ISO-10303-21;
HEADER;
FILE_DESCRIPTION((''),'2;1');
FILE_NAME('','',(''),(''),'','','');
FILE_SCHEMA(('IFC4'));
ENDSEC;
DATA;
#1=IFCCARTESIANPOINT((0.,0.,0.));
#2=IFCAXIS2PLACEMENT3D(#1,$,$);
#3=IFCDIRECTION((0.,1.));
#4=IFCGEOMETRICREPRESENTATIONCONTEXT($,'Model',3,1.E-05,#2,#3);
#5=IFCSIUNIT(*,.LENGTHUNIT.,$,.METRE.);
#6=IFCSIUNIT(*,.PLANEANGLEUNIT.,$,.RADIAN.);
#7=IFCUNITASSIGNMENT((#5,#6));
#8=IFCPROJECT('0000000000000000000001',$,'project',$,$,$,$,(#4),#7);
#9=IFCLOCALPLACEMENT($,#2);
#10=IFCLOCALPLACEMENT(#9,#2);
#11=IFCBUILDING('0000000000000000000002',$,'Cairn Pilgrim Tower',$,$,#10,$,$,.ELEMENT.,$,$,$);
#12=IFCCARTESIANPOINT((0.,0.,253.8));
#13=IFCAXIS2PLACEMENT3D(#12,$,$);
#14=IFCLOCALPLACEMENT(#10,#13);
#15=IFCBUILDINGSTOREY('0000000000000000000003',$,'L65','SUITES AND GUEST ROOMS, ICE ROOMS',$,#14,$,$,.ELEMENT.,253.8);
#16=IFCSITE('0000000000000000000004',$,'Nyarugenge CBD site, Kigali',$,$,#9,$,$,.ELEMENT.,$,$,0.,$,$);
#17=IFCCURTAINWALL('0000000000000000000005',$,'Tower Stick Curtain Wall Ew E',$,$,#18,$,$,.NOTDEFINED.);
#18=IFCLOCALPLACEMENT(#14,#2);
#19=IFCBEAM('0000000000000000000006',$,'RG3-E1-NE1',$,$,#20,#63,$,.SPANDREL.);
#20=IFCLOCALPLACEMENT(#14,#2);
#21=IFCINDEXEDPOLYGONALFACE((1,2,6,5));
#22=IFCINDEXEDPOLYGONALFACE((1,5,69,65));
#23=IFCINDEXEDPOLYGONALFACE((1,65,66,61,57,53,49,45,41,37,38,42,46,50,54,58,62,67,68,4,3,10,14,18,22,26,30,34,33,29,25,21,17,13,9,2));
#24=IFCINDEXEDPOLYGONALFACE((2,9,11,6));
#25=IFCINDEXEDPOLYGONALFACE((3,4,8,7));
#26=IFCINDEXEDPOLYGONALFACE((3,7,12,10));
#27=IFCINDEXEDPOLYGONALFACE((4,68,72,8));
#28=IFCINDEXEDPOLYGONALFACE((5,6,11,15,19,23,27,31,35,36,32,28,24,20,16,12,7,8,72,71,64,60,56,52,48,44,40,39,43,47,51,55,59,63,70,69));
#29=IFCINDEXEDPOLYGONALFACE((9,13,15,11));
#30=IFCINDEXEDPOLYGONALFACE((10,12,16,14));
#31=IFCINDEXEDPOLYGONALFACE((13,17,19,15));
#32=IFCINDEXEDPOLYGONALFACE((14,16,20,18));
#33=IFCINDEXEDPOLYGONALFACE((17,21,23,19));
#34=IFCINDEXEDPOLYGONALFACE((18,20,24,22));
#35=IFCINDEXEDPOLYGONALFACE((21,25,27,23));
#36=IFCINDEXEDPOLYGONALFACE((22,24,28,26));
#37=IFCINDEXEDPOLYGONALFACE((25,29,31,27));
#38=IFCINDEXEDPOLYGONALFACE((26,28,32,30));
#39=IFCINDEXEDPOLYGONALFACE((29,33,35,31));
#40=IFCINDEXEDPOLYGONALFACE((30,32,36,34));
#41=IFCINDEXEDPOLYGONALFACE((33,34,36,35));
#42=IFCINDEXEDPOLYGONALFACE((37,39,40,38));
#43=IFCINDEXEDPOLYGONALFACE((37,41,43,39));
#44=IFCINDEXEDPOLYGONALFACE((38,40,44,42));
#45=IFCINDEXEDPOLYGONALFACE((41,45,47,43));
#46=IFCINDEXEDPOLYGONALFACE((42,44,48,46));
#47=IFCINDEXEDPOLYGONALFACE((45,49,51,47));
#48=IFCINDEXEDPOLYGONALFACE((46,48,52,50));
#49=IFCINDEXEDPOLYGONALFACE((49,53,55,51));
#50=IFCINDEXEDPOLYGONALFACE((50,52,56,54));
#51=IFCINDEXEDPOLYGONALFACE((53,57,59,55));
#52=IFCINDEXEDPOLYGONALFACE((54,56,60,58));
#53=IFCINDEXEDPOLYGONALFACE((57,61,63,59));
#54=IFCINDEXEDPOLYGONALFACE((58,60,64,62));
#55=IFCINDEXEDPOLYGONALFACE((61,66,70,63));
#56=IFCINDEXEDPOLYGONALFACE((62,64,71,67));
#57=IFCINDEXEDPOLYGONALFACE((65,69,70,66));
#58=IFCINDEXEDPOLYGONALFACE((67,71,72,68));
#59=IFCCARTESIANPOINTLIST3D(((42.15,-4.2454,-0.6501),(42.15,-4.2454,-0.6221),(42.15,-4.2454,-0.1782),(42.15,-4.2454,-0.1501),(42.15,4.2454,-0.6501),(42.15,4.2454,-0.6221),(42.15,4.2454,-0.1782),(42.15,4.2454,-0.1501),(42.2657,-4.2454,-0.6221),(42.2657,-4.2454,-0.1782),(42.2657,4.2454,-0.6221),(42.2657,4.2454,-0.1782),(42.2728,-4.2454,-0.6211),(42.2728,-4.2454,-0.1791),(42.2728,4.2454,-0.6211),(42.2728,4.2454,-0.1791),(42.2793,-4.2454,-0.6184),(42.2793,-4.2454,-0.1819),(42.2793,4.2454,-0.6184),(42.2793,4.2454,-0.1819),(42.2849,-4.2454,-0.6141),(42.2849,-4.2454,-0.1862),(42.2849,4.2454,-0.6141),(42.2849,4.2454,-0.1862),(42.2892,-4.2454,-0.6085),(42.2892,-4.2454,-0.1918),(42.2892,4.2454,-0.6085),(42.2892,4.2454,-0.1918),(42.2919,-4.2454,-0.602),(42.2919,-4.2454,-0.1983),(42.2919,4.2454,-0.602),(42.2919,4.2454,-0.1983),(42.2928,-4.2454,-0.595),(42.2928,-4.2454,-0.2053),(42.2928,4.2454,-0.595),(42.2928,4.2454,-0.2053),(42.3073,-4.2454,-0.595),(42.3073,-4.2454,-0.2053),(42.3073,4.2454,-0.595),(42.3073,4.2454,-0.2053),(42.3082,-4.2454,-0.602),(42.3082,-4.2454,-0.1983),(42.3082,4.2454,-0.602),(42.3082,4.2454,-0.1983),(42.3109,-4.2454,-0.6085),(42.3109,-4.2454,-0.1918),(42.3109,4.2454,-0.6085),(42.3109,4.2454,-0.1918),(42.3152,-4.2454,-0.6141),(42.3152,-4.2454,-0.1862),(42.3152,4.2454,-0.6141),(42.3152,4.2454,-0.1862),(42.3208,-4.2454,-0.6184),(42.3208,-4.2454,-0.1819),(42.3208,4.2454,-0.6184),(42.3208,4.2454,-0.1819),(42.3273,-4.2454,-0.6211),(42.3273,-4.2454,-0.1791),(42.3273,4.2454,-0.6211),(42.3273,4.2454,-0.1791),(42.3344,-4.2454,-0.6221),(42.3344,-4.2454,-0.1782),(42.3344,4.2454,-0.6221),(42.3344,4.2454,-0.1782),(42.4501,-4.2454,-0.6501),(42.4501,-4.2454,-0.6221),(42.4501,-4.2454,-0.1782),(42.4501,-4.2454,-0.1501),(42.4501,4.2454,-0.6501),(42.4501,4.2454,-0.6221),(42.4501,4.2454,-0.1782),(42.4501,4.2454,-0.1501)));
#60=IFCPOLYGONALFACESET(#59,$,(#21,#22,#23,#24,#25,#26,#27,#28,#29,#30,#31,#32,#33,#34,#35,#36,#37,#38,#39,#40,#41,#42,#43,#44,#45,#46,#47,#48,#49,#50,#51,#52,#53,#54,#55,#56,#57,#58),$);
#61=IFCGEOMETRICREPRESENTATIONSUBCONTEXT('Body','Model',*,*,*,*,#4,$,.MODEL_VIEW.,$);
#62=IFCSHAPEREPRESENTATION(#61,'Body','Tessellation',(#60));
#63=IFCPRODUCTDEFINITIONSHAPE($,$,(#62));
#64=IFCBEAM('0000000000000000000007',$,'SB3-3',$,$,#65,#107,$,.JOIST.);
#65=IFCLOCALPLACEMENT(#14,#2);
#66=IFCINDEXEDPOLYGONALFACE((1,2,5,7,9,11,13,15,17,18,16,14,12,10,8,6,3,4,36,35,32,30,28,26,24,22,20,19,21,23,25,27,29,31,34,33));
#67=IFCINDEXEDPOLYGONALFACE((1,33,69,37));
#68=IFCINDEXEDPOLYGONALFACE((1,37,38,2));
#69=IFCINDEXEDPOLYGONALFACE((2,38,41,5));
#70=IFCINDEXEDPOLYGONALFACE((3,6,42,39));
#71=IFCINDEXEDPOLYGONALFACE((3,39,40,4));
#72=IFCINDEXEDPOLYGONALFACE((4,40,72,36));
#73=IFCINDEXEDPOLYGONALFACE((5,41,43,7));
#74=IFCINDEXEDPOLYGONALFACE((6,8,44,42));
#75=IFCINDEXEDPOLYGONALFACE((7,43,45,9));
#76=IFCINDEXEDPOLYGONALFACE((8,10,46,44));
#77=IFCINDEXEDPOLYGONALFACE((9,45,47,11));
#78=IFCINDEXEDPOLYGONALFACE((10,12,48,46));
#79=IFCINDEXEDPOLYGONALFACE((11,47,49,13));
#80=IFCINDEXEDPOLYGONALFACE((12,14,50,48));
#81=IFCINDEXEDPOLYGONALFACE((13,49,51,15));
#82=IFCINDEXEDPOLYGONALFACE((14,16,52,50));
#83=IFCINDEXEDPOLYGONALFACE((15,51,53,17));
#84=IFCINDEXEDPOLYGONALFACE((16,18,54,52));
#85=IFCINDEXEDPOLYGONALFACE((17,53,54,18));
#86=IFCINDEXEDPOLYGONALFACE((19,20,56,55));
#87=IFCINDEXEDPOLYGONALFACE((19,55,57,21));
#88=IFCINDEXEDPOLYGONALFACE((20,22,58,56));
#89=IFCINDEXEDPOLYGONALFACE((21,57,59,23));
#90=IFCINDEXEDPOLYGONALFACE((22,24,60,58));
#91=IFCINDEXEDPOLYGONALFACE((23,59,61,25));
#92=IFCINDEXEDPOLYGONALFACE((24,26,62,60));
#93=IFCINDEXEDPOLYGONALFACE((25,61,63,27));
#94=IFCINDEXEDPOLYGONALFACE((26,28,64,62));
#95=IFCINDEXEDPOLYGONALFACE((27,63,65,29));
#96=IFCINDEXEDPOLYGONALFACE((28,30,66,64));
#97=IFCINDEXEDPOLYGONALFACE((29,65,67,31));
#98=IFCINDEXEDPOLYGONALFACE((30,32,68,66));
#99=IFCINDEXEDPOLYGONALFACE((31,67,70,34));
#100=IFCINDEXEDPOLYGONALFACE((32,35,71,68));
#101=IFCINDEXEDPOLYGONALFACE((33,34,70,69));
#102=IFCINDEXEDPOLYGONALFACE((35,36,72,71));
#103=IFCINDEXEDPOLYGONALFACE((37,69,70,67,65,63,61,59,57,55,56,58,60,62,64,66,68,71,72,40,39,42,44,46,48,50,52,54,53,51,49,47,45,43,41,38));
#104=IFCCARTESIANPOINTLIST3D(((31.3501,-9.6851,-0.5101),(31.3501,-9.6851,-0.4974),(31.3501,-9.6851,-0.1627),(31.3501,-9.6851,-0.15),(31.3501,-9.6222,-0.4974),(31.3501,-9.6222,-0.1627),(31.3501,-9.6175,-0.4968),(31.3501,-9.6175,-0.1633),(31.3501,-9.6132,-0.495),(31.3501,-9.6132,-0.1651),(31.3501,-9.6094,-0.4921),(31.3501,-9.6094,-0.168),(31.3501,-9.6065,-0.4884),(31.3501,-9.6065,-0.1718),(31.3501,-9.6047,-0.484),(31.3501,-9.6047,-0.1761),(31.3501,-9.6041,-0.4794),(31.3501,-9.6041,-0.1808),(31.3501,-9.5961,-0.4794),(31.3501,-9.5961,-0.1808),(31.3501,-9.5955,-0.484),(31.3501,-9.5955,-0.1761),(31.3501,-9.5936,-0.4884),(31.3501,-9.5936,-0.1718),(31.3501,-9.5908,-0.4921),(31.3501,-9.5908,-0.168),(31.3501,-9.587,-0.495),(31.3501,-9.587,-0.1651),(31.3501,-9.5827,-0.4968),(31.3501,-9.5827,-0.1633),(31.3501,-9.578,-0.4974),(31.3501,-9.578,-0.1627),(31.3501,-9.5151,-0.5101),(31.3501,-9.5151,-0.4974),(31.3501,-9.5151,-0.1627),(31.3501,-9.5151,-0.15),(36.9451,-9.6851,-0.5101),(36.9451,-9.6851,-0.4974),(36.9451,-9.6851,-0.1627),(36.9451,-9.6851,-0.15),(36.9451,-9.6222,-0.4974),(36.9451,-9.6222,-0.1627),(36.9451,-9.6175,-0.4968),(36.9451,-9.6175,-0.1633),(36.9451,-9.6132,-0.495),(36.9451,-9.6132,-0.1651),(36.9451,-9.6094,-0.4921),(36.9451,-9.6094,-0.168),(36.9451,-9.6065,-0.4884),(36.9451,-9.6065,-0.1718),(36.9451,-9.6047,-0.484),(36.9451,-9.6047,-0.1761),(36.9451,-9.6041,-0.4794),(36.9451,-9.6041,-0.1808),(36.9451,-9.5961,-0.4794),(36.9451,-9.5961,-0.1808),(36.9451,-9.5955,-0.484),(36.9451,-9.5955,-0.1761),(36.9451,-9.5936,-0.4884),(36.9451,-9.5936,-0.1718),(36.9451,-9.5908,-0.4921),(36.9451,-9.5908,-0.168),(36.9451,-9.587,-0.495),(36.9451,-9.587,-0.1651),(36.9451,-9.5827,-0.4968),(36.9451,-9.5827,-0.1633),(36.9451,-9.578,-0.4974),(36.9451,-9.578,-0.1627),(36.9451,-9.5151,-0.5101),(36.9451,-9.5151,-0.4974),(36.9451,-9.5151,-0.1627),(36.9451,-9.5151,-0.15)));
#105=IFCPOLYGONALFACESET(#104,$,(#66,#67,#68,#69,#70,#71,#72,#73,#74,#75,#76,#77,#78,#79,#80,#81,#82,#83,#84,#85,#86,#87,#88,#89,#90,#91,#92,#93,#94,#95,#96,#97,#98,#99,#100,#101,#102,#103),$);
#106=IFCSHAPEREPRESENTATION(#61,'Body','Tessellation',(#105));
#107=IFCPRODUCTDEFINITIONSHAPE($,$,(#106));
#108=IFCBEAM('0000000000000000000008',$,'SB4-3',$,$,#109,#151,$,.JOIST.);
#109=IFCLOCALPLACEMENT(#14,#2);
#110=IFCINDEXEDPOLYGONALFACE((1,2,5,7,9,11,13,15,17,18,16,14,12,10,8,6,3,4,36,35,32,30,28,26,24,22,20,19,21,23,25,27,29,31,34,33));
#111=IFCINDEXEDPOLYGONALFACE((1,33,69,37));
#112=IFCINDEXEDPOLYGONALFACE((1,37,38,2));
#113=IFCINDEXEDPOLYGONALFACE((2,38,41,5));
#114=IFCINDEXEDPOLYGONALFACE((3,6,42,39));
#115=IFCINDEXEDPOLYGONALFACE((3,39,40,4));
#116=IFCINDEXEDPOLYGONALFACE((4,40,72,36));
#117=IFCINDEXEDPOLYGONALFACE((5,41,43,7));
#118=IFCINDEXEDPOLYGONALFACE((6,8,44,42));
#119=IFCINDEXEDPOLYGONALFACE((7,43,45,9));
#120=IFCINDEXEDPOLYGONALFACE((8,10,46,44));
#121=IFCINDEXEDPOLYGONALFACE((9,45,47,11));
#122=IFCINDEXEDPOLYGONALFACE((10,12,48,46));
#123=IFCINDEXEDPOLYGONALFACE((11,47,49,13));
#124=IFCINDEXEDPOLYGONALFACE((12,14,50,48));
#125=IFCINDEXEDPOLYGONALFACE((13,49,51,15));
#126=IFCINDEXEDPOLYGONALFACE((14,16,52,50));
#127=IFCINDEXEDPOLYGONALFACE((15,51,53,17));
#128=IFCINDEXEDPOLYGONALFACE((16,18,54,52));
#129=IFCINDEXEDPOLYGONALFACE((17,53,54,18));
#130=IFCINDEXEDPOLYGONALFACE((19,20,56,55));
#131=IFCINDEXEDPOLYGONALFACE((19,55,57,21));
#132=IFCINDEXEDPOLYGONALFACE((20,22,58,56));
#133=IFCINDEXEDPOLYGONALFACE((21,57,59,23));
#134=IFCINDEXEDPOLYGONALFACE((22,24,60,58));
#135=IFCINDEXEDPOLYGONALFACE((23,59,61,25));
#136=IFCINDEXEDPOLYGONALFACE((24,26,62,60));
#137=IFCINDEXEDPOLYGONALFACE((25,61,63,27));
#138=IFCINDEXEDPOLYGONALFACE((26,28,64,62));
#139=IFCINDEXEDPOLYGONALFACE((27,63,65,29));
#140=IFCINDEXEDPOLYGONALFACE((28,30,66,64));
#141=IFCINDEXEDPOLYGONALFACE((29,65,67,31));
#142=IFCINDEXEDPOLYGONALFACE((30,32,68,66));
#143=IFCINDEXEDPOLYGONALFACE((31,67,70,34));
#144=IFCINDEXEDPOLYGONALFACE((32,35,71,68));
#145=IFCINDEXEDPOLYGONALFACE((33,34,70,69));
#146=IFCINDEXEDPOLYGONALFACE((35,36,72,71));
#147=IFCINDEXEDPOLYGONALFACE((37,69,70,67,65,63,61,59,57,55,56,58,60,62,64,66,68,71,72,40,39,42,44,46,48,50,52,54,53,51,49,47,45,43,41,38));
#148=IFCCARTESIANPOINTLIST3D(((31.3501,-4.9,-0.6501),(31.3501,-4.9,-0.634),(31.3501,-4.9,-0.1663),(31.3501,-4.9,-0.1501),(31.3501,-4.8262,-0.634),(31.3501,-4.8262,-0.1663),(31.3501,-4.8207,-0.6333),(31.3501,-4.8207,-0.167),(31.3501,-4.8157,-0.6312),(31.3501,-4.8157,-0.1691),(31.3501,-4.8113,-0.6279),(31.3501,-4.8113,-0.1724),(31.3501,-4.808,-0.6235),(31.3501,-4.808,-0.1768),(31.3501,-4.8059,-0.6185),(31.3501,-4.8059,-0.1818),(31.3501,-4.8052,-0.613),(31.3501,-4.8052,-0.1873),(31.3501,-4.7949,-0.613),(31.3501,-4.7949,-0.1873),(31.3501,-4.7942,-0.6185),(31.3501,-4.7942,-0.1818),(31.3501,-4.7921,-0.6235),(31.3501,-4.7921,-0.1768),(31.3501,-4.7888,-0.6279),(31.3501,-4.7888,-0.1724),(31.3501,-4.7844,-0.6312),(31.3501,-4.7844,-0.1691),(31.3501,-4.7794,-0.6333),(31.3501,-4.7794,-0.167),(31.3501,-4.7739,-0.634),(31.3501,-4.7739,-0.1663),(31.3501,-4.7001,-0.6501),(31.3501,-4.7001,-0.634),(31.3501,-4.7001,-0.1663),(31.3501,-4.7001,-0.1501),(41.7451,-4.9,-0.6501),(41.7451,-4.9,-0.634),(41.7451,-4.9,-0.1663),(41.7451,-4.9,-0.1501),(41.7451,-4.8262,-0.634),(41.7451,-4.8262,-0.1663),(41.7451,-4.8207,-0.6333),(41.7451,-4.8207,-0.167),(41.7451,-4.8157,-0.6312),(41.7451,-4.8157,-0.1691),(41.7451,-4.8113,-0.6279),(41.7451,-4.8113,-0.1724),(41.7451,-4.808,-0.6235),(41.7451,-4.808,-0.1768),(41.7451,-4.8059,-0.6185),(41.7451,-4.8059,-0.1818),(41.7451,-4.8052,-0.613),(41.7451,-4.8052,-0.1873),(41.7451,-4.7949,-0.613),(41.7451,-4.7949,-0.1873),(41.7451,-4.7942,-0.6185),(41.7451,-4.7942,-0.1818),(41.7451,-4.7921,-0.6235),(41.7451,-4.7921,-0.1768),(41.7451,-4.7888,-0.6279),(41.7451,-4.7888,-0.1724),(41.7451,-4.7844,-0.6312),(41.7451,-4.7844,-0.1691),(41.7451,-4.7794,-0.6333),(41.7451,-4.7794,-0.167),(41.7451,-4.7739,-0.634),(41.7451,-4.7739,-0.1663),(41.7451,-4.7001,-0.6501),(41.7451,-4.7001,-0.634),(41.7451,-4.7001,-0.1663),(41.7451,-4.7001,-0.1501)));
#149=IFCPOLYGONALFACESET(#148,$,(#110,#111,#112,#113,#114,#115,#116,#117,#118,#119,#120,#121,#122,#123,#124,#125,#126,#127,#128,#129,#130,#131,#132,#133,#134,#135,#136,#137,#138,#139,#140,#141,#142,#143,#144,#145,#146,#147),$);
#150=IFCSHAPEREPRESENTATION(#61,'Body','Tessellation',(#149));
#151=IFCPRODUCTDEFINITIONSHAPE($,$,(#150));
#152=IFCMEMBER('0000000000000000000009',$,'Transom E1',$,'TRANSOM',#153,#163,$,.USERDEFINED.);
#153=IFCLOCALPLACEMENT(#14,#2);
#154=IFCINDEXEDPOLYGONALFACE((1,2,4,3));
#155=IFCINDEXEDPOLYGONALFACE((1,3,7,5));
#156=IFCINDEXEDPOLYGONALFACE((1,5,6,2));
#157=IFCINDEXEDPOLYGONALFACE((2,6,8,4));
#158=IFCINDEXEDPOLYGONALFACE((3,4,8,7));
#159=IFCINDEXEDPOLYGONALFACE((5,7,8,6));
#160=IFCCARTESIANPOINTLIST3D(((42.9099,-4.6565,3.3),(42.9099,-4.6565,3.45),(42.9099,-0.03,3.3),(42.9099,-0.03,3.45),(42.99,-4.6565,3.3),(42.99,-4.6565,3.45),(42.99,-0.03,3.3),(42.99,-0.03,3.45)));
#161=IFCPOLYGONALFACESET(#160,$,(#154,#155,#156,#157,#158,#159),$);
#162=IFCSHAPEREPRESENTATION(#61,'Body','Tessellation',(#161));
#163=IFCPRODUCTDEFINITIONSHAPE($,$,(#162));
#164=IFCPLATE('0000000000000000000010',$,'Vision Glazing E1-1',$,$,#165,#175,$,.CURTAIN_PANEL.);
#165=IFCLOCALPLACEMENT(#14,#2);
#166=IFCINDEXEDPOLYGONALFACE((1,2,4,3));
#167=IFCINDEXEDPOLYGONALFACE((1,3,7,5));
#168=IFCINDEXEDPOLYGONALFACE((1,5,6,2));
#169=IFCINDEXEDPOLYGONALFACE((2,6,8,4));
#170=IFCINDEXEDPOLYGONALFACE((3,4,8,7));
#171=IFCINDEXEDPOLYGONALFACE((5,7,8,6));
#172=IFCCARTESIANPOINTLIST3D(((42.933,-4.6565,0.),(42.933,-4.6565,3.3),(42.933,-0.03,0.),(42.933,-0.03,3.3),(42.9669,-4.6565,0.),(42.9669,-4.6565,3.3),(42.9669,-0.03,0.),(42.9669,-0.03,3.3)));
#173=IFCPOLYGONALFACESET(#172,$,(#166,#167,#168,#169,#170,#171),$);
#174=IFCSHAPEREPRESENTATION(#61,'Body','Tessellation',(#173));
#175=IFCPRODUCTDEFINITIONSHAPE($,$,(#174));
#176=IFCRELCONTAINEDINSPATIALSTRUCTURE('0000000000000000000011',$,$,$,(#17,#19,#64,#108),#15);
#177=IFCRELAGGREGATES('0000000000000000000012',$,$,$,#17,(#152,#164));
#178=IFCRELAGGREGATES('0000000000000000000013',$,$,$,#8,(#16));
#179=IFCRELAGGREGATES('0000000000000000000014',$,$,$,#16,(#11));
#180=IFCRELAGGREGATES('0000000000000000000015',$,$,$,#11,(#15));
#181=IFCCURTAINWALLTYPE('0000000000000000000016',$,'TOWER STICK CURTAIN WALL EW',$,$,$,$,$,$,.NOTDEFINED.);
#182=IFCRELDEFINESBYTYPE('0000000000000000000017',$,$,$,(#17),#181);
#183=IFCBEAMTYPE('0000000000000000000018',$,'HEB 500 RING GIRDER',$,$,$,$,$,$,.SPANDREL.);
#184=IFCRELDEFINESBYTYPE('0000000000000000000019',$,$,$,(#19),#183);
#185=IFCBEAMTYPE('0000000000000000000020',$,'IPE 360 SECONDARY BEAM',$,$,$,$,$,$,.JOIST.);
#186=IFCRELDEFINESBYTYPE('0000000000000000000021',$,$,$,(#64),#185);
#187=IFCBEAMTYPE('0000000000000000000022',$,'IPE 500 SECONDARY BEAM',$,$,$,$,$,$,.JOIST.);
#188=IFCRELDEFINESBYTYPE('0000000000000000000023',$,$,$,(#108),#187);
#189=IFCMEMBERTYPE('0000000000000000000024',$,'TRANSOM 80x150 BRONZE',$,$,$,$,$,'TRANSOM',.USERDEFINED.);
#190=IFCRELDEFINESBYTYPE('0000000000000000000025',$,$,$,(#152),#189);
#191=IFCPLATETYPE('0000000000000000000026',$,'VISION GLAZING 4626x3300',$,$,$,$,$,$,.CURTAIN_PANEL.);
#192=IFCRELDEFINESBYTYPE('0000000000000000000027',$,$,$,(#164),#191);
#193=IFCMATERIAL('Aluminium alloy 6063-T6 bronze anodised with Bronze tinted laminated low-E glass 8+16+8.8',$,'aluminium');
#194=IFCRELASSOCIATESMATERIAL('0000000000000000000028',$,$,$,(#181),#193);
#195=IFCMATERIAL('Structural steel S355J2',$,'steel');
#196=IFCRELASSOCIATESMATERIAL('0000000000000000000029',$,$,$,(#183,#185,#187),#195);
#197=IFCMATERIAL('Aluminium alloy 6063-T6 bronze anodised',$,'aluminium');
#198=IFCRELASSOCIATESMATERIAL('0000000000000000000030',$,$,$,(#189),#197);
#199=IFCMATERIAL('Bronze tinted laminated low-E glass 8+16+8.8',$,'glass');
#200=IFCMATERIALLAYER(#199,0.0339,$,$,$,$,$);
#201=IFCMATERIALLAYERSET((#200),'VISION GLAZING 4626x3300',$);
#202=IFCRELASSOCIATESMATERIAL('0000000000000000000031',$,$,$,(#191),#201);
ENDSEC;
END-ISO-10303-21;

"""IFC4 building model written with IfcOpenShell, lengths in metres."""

from ifc_helpers import new_model, si_unit, direction, frame, origin, origin_2d, place, context, subcontext, project, spatial, rectangle, i_section, extrude, material, layer, layer_set, material_profile, profile_set, type_object, element, aggregate, save


model = new_model("IFC4")

# Units and contexts
model_context = context("Model", 3, precision=1e-05, world=origin(), true_north=direction((0.0, 1.0)))
body_context = subcontext(model_context, "Body", "Model", "MODEL_VIEW")
ifc_project = project(units=[si_unit("LENGTHUNIT", "METRE"), si_unit("PLANEANGLEUNIT", "RADIAN")], contexts=[model_context])

# Site, building, storey
site_placement = place(None, origin())
site = spatial("IfcSite", under=ifc_project, at=site_placement, Name="Nyarugenge CBD site, Kigali", CompositionType="ELEMENT", RefElevation=0.0)
building_placement = place(site_placement, origin())
building = spatial("IfcBuilding", under=site, at=building_placement, Name="Cairn Pilgrim Tower", CompositionType="ELEMENT")
storey_placement = place(building_placement, frame((0.0, 0.0, 253.8)))
storey = spatial("IfcBuildingStorey", under=building, at=storey_placement, Name="L65", Description="SUITES AND GUEST ROOMS, ICE ROOMS", CompositionType="ELEMENT", Elevation=253.8)

# Shared definitions
ifc_material_1 = material(Name="Structural steel S355J2", Category="steel")

# Curtain wall
ifc_material_2 = material(Name="Aluminium alloy 6063-T6 bronze anodised with Bronze tinted laminated low-E glass 8+16+8.8", Category="aluminium")
ifc_material_3 = material(Name="Aluminium alloy 6063-T6 bronze anodised", Category="aluminium")
curtain_wall_type_1 = type_object("IfcCurtainWallType", Name="TOWER STICK CURTAIN WALL EW", PredefinedType="NOTDEFINED", material=ifc_material_2)
curtain_wall_1_placement = place(storey_placement, origin())
curtain_wall_1 = element("IfcCurtainWall", 1, at=curtain_wall_1_placement, inside=storey, type_object=curtain_wall_type_1, Name="Tower Stick Curtain Wall Ew E", PredefinedType="NOTDEFINED")

# Beams
ifc_material_profile_1 = material_profile(ifc_material_1, i_section(OverallWidth=0.3, OverallDepth=0.5, WebThickness=0.0144, FlangeThickness=0.0281, FilletRadius=0.0271, at=origin_2d()), Name="HEB 500")
ifc_profile_set_1 = profile_set([ifc_material_profile_1], Name="Structural steel S355J2")
beam_type_1 = type_object("IfcBeamType", Name="HEB 500 RING GIRDER", PredefinedType="SPANDREL", material=ifc_profile_set_1)
beam_1_placement = place(storey_placement, frame((42.3, -4.2454, -0.4001), z_axis=(0.0, 1.0, 0.0), x_axis=(-1.0, 0.0, 0.0)))
element("IfcBeam", 2, at=beam_1_placement, inside=storey, type_object=beam_type_1, Name="RG3-E1-NE1", PredefinedType="SPANDREL", context=body_context, shape_type="SweptSolid", body=[
    extrude(i_section(OverallWidth=0.3, OverallDepth=0.5, WebThickness=0.0144, FlangeThickness=0.0281, FilletRadius=0.0271, at=origin_2d()), origin(), (0.0, 0.0, 1.0), 8.4907),
])
ifc_material_profile_2 = material_profile(ifc_material_1, i_section(OverallWidth=0.1699, OverallDepth=0.3601, WebThickness=0.0081, FlangeThickness=0.0127, FilletRadius=0.0181, at=origin_2d()), Name="IPE 360")
ifc_profile_set_2 = profile_set([ifc_material_profile_2], Name="Structural steel S355J2")
beam_type_2 = type_object("IfcBeamType", Name="IPE 360 SECONDARY BEAM", PredefinedType="JOIST", material=ifc_profile_set_2)
beam_2_placement = place(storey_placement, frame((31.3501, -9.6001, -0.3301), z_axis=(1.0, 0.0, 0.0), x_axis=(0.0, 1.0, 0.0)))
element("IfcBeam", 3, at=beam_2_placement, inside=storey, type_object=beam_type_2, Name="SB3-3", PredefinedType="JOIST", context=body_context, shape_type="SweptSolid", body=[
    extrude(i_section(OverallWidth=0.1699, OverallDepth=0.3601, WebThickness=0.0081, FlangeThickness=0.0127, FilletRadius=0.0181, at=origin_2d()), origin(), (0.0, 0.0, 1.0), 5.595),
])
ifc_material_profile_3 = material_profile(ifc_material_1, i_section(OverallWidth=0.2, OverallDepth=0.5, WebThickness=0.0103, FlangeThickness=0.0161, FilletRadius=0.021, at=origin_2d()), Name="IPE 500")
ifc_profile_set_3 = profile_set([ifc_material_profile_3], Name="Structural steel S355J2")
beam_type_3 = type_object("IfcBeamType", Name="IPE 500 SECONDARY BEAM", PredefinedType="JOIST", material=ifc_profile_set_3)
beam_3_placement = place(storey_placement, frame((31.3501, -4.8, -0.4001), z_axis=(1.0, 0.0, 0.0), x_axis=(0.0, 1.0, 0.0)))
element("IfcBeam", 4, at=beam_3_placement, inside=storey, type_object=beam_type_3, Name="SB4-3", PredefinedType="JOIST", context=body_context, shape_type="SweptSolid", body=[
    extrude(i_section(OverallWidth=0.2, OverallDepth=0.5, WebThickness=0.0103, FlangeThickness=0.0161, FilletRadius=0.021, at=origin_2d()), origin(), (0.0, 0.0, 1.0), 10.395),
])

# Member
ifc_material_profile_4 = material_profile(ifc_material_3, rectangle(XDim=0.0801, YDim=0.1499, at=origin_2d()), Name="TRANSOM 80x150 BRONZE")
ifc_profile_set_4 = profile_set([ifc_material_profile_4], Name="Aluminium alloy 6063-T6 bronze anodised")
member_type_1 = type_object("IfcMemberType", Name="TRANSOM 80x150 BRONZE", ElementType="TRANSOM", PredefinedType="USERDEFINED", material=ifc_profile_set_4)
member_1_placement = place(storey_placement, frame((42.95, -4.6565, 3.375), z_axis=(0.0, 1.0, 0.0), x_axis=(-1.0, 0.0, 0.0)))
member_1 = element("IfcMember", 5, at=member_1_placement, type_object=member_type_1, Name="Transom E1", ObjectType="TRANSOM", PredefinedType="USERDEFINED", context=body_context, shape_type="SweptSolid", body=[
    extrude(rectangle(XDim=0.0801, YDim=0.1499, at=origin_2d()), origin(), (0.0, 0.0, 1.0), 4.6265),
])

# Plate
ifc_material_4 = material(Name="Bronze tinted laminated low-E glass 8+16+8.8", Category="glass")
ifc_layer_1 = layer(ifc_material_4, 0.0339)
ifc_layer_set_1 = layer_set([ifc_layer_1], Name="VISION GLAZING 4626x3300")
plate_type = type_object("IfcPlateType", Name="VISION GLAZING 4626x3300", PredefinedType="CURTAIN_PANEL", material=ifc_layer_set_1)
plate_placement = place(storey_placement, frame((42.95, -2.3433, 0.0), z_axis=(0.0, 0.0, 1.0), x_axis=(0.0, 1.0, 0.0)))
plate = element("IfcPlate", 6, at=plate_placement, type_object=plate_type, Name="Vision Glazing E1-1", PredefinedType="CURTAIN_PANEL", context=body_context, shape_type="SweptSolid", body=[
    extrude(rectangle(XDim=4.6265, YDim=0.0339, at=origin_2d()), origin(), (0.0, 0.0, 1.0), 3.3),
])
aggregate(curtain_wall_1, [member_1, plate])

save(model, "model.ifc")
